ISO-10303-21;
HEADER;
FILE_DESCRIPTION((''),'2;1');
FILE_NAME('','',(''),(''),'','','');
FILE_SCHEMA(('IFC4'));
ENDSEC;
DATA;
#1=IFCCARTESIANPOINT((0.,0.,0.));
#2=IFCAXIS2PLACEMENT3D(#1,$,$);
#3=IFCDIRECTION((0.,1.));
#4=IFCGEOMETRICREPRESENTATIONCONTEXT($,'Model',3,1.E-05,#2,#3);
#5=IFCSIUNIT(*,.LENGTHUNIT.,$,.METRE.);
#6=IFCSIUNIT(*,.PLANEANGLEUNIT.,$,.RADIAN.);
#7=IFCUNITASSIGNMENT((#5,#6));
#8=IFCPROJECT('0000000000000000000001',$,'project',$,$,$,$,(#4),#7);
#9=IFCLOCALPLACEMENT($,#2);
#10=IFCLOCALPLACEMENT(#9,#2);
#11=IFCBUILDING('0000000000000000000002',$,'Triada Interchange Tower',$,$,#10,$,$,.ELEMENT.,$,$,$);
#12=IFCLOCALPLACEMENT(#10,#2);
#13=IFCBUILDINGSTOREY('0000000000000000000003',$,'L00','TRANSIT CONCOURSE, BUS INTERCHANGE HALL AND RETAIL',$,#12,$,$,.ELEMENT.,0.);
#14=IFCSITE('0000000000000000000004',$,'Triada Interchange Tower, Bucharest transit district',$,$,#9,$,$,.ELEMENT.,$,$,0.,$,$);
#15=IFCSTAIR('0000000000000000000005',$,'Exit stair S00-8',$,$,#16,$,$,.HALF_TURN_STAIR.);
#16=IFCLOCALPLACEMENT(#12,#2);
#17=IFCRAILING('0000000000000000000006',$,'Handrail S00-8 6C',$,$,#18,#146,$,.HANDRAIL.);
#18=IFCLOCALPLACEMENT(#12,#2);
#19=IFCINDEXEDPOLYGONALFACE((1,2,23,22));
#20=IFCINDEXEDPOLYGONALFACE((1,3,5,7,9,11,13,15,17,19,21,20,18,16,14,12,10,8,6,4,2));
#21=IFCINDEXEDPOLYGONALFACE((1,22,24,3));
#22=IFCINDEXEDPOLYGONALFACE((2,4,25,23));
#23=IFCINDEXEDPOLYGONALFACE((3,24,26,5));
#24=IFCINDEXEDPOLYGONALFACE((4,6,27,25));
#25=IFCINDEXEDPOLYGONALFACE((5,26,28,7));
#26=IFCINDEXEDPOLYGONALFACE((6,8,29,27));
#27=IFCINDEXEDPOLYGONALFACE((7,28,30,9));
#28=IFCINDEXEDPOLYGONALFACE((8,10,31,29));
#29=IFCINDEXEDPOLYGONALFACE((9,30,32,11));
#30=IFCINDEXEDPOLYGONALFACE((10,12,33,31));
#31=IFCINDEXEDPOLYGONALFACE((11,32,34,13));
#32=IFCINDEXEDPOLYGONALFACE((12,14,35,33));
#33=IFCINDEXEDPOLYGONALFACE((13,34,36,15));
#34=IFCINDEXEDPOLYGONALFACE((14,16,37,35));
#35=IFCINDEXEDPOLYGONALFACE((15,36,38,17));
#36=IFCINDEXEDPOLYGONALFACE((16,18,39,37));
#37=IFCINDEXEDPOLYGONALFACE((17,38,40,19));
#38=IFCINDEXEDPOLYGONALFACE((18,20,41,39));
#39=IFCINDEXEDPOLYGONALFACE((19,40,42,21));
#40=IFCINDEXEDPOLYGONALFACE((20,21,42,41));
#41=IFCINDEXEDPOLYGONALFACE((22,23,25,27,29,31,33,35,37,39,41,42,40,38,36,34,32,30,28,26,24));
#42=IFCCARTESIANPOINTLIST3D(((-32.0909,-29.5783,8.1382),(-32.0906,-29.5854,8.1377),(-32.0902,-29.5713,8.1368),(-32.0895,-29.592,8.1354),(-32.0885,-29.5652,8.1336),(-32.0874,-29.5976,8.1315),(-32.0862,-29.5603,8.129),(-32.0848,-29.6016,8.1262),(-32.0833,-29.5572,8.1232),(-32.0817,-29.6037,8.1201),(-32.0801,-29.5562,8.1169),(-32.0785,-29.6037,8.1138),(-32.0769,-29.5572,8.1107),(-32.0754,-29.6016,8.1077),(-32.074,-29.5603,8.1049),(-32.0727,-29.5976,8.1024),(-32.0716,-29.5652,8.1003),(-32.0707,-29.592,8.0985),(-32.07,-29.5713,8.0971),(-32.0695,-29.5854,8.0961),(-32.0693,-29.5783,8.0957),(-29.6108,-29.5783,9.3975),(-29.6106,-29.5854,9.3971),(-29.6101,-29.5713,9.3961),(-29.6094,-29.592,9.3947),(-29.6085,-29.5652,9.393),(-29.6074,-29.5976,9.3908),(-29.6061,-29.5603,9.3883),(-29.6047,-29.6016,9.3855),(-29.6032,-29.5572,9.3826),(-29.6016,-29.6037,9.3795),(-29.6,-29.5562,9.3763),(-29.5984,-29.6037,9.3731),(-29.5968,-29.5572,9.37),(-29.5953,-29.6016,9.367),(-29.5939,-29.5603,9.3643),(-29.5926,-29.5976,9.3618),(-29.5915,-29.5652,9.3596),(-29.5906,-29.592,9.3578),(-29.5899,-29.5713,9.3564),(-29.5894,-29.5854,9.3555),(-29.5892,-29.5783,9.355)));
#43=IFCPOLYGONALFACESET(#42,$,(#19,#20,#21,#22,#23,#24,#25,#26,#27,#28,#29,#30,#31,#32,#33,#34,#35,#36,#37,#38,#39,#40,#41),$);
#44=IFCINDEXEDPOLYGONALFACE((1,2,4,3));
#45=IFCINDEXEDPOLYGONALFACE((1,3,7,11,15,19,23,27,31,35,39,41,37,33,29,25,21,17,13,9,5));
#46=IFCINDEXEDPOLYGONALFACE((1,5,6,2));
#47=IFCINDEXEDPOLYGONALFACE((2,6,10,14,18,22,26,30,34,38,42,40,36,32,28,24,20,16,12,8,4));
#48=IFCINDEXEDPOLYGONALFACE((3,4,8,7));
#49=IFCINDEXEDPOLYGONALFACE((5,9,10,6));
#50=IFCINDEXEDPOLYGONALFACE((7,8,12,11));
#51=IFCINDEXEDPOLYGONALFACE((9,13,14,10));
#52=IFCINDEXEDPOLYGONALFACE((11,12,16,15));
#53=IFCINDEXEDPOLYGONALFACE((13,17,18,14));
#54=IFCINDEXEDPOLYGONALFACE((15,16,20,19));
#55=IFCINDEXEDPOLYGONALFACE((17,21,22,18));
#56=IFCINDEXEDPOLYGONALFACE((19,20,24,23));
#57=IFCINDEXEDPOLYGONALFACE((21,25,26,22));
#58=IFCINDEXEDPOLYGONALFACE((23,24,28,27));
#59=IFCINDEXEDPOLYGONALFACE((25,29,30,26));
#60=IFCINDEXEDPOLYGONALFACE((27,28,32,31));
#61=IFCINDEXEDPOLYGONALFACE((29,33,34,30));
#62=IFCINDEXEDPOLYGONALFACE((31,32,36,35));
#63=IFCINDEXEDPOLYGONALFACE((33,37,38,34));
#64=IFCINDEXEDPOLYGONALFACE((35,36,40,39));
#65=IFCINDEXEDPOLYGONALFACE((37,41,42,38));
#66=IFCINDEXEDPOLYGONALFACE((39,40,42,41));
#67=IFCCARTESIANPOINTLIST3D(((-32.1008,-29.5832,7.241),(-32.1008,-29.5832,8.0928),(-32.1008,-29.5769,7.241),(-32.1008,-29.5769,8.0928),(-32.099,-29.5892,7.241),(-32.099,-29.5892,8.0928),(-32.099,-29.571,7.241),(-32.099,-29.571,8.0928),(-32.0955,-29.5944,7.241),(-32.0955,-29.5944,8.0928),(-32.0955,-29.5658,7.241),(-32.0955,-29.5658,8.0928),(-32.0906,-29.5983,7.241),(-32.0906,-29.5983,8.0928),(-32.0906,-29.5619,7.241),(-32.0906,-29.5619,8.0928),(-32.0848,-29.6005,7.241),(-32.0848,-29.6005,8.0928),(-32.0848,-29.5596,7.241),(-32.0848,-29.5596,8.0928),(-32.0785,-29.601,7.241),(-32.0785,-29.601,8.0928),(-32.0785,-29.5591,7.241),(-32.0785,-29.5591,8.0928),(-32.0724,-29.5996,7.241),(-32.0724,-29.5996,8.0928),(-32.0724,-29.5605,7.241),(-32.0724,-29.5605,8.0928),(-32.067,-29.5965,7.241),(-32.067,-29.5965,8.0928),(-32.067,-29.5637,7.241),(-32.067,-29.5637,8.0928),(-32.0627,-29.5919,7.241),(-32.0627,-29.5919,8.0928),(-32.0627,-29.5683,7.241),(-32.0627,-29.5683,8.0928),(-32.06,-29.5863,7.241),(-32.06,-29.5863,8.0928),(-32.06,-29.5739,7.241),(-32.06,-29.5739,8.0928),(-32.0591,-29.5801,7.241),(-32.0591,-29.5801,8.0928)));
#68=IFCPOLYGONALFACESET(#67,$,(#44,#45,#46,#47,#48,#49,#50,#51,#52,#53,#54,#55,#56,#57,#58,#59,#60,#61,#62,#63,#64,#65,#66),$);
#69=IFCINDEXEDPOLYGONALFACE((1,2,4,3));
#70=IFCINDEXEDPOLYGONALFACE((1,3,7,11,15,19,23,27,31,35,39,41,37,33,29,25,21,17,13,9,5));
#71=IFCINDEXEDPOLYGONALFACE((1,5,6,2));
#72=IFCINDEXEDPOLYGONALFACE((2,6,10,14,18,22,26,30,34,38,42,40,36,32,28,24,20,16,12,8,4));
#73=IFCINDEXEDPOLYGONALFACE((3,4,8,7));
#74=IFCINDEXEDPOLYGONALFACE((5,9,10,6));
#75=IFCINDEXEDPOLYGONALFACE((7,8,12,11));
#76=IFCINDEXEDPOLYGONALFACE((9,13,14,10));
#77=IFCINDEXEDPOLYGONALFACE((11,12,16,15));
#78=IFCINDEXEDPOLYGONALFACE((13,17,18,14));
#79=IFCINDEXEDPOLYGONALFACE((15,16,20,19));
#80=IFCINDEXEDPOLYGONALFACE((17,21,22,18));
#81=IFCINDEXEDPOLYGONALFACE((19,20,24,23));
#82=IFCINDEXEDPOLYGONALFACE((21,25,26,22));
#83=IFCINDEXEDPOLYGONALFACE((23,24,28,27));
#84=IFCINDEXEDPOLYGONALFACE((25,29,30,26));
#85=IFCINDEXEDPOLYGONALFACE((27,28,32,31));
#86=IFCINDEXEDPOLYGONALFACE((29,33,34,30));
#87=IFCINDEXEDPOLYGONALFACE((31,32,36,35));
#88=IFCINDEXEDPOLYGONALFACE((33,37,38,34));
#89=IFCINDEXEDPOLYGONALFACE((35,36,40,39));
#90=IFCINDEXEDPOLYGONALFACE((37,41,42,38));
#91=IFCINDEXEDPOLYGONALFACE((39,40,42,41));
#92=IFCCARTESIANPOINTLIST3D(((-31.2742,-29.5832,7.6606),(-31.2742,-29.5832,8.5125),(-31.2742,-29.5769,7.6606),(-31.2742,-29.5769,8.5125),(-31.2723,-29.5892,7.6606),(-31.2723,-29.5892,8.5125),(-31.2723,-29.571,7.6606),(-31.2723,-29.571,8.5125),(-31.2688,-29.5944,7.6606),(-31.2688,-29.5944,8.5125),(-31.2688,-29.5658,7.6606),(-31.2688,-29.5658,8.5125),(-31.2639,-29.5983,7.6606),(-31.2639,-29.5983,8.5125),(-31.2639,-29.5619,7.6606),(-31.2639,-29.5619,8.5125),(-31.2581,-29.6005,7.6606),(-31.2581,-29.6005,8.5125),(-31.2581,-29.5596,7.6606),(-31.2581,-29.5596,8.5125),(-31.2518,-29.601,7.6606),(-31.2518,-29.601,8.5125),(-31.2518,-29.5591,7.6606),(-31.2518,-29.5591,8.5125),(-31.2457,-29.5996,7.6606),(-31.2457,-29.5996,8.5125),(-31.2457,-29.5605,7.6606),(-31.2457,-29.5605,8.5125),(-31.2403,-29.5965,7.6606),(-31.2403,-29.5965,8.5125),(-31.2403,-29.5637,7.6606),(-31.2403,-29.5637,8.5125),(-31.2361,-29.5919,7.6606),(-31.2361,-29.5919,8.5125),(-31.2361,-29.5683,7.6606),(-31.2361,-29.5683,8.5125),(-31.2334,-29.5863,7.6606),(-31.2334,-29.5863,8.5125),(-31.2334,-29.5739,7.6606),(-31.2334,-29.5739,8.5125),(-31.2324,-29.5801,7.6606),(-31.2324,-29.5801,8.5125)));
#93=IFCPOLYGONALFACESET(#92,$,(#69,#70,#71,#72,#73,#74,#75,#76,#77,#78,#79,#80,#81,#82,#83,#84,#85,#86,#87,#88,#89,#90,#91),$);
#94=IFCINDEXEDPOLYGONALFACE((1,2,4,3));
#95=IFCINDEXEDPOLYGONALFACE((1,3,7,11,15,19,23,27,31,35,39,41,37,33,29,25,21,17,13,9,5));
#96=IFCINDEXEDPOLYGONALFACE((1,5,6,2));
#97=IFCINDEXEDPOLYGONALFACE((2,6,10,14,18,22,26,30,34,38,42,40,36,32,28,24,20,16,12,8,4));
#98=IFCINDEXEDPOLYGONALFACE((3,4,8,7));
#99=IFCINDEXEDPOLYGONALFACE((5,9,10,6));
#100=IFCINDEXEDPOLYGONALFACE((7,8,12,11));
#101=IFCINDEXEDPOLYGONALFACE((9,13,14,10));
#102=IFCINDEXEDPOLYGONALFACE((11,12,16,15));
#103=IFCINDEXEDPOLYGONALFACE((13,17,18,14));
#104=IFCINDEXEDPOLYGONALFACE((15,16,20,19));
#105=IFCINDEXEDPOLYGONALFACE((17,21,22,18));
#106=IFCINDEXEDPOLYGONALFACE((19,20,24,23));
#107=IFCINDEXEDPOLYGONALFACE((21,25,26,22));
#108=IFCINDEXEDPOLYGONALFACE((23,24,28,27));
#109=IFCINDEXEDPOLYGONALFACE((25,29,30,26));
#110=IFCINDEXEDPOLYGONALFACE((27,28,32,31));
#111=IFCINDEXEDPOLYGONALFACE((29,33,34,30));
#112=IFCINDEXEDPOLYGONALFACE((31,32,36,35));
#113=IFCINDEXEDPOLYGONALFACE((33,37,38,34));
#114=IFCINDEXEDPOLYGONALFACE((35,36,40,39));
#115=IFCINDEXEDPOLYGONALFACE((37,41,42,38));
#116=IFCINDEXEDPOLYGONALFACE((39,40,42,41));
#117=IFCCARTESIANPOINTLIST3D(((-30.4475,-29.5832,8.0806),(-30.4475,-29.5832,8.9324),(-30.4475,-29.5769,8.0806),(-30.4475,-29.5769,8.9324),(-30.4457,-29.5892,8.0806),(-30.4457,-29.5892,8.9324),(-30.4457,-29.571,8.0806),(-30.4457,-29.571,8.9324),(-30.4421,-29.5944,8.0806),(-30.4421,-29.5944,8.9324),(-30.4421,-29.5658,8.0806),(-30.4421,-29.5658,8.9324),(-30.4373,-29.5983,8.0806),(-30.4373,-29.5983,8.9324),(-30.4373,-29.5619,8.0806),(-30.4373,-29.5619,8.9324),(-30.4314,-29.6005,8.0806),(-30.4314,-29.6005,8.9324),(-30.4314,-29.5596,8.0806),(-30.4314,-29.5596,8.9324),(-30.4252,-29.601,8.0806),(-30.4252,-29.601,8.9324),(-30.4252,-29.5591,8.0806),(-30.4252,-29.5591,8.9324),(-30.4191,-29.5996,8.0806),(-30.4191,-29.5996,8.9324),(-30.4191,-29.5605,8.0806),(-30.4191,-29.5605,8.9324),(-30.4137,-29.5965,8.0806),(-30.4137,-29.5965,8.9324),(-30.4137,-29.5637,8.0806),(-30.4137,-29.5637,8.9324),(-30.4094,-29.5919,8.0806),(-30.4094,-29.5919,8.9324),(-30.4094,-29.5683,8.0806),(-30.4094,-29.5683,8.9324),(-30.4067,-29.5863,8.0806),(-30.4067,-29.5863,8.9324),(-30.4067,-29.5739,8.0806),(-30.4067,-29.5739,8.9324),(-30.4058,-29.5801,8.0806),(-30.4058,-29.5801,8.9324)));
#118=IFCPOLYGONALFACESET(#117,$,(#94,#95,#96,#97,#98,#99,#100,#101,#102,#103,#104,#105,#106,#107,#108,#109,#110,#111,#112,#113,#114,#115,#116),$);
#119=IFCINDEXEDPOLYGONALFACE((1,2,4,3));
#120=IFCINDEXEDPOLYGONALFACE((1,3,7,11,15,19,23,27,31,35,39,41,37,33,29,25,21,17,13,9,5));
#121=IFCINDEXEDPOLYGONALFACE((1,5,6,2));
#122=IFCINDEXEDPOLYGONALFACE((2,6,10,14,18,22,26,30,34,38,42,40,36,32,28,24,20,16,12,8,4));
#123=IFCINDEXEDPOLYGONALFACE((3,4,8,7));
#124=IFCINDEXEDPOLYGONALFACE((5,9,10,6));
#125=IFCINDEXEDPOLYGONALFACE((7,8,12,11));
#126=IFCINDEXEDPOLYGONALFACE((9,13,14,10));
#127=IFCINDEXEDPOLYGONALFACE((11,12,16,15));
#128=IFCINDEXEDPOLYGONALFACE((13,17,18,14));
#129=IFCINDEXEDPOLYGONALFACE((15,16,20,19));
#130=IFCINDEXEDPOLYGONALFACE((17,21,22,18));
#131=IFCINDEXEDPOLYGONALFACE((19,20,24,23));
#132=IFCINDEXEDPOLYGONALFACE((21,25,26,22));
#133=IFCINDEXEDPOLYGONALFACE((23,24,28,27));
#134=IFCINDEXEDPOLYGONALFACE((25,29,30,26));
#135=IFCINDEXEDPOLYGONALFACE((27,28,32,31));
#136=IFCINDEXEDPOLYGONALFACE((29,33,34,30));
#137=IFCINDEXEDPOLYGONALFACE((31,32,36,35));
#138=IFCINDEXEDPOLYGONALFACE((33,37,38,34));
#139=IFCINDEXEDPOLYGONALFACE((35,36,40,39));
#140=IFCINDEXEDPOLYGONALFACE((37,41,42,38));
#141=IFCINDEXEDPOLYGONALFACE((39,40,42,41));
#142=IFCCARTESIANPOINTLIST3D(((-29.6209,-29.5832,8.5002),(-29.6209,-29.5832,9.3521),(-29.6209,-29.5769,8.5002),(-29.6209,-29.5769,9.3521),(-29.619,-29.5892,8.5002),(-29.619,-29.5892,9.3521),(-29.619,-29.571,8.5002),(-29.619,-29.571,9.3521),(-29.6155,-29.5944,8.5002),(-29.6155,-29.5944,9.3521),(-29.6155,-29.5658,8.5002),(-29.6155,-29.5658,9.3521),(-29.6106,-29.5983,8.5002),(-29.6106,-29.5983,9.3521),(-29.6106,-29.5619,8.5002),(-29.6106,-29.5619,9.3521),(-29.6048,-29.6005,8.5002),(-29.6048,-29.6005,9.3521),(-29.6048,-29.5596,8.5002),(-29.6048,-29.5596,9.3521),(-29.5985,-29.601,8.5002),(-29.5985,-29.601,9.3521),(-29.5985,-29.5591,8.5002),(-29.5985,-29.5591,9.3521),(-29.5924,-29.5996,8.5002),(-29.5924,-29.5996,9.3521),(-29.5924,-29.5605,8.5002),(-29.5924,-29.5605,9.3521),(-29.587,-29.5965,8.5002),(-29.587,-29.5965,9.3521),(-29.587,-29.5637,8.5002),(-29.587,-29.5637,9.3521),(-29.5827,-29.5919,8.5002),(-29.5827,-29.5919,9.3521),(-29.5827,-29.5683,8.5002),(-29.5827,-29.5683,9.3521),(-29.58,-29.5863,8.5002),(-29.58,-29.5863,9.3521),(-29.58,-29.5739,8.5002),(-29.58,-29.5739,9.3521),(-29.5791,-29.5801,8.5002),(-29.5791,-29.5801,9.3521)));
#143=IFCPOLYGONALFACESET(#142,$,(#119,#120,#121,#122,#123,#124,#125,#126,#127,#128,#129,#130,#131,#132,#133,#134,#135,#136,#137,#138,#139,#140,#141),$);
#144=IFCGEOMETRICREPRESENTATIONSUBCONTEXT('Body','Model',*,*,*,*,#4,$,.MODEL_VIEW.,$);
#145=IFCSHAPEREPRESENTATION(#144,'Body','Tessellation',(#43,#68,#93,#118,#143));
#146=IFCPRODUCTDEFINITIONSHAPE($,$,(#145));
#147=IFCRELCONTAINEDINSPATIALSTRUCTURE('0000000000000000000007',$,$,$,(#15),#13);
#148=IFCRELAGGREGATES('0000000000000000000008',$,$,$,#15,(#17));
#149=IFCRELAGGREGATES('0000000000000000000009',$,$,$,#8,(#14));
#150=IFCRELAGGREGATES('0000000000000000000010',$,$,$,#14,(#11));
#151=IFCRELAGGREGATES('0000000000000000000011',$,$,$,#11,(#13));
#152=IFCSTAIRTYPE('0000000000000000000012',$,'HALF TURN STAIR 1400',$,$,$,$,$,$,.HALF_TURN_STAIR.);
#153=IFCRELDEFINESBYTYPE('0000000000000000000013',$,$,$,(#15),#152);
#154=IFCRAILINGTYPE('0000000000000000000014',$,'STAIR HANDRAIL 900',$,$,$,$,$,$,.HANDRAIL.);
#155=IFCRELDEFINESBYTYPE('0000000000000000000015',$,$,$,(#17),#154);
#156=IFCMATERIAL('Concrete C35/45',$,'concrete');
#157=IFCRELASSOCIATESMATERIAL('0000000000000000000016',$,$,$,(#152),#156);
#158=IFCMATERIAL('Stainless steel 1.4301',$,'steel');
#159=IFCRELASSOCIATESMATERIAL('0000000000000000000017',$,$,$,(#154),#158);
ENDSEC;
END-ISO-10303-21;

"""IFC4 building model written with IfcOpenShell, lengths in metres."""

from ifc_helpers import new_model, si_unit, direction, frame, origin, origin_2d, place, context, subcontext, project, spatial, circle, extrude, material, type_object, element, aggregate, save


model = new_model("IFC4")

# Units and contexts
model_context = context("Model", 3, precision=1e-05, world=origin(), true_north=direction((0.0, 1.0)))
body_context = subcontext(model_context, "Body", "Model", "MODEL_VIEW")
ifc_project = project(units=[si_unit("LENGTHUNIT", "METRE"), si_unit("PLANEANGLEUNIT", "RADIAN")], contexts=[model_context])

# Site, building, storey
site_placement = place(None, origin())
site = spatial("IfcSite", under=ifc_project, at=site_placement, Name="Triada Interchange Tower, Bucharest transit district", CompositionType="ELEMENT", RefElevation=0.0)
building_placement = place(site_placement, origin())
building = spatial("IfcBuilding", under=site, at=building_placement, Name="Triada Interchange Tower", CompositionType="ELEMENT")
storey_placement = place(building_placement, origin())
storey = spatial("IfcBuildingStorey", under=building, at=storey_placement, Name="L00", Description="TRANSIT CONCOURSE, BUS INTERCHANGE HALL AND RETAIL", CompositionType="ELEMENT", Elevation=0.0)

# Stair, railing
ifc_material_1 = material(Name="Concrete C35/45", Category="concrete")
stair_type = type_object("IfcStairType", Name="HALF TURN STAIR 1400", PredefinedType="HALF_TURN_STAIR", material=ifc_material_1)
stair_placement = place(storey_placement, origin())
stair = element("IfcStair", 1, at=stair_placement, inside=storey, type_object=stair_type, Name="Exit stair S00-8", PredefinedType="HALF_TURN_STAIR")
ifc_material_2 = material(Name="Stainless steel 1.4301", Category="steel")
railing_type = type_object("IfcRailingType", Name="STAIR HANDRAIL 900", PredefinedType="HANDRAIL", material=ifc_material_2)
railing_1_placement = place(storey_placement, frame((-32.0801, -29.5801, 7.241)))
railing_1 = element("IfcRailing", 2, at=railing_1_placement, type_object=railing_type, Name="Handrail S00-8 6C", PredefinedType="HANDRAIL", context=body_context, shape_type="SweptSolid", body=[
    extrude(circle(Radius=0.0239, at=origin_2d()), frame((0.0, 0.0, 0.876), z_axis=(0.891636, 0.0, 0.452752), x_axis=(0.0, 1.0, 0.0)), (0.0, 0.0, 1.0), 2.7815),
    extrude(circle(Radius=0.021, at=origin_2d()), origin(), (0.0, 0.0, 1.0), 0.8518),
    extrude(circle(Radius=0.021, at=origin_2d()), frame((0.8267, 0.0, 0.4197)), (0.0, 0.0, 1.0), 0.8518),
    extrude(circle(Radius=0.021, at=origin_2d()), frame((1.6533, 0.0, 0.8396)), (0.0, 0.0, 1.0), 0.8518),
    extrude(circle(Radius=0.021, at=origin_2d()), frame((2.48, 0.0, 1.2593)), (0.0, 0.0, 1.0), 0.8518),
])
aggregate(stair, [railing_1])

save(model, "model.ifc")
